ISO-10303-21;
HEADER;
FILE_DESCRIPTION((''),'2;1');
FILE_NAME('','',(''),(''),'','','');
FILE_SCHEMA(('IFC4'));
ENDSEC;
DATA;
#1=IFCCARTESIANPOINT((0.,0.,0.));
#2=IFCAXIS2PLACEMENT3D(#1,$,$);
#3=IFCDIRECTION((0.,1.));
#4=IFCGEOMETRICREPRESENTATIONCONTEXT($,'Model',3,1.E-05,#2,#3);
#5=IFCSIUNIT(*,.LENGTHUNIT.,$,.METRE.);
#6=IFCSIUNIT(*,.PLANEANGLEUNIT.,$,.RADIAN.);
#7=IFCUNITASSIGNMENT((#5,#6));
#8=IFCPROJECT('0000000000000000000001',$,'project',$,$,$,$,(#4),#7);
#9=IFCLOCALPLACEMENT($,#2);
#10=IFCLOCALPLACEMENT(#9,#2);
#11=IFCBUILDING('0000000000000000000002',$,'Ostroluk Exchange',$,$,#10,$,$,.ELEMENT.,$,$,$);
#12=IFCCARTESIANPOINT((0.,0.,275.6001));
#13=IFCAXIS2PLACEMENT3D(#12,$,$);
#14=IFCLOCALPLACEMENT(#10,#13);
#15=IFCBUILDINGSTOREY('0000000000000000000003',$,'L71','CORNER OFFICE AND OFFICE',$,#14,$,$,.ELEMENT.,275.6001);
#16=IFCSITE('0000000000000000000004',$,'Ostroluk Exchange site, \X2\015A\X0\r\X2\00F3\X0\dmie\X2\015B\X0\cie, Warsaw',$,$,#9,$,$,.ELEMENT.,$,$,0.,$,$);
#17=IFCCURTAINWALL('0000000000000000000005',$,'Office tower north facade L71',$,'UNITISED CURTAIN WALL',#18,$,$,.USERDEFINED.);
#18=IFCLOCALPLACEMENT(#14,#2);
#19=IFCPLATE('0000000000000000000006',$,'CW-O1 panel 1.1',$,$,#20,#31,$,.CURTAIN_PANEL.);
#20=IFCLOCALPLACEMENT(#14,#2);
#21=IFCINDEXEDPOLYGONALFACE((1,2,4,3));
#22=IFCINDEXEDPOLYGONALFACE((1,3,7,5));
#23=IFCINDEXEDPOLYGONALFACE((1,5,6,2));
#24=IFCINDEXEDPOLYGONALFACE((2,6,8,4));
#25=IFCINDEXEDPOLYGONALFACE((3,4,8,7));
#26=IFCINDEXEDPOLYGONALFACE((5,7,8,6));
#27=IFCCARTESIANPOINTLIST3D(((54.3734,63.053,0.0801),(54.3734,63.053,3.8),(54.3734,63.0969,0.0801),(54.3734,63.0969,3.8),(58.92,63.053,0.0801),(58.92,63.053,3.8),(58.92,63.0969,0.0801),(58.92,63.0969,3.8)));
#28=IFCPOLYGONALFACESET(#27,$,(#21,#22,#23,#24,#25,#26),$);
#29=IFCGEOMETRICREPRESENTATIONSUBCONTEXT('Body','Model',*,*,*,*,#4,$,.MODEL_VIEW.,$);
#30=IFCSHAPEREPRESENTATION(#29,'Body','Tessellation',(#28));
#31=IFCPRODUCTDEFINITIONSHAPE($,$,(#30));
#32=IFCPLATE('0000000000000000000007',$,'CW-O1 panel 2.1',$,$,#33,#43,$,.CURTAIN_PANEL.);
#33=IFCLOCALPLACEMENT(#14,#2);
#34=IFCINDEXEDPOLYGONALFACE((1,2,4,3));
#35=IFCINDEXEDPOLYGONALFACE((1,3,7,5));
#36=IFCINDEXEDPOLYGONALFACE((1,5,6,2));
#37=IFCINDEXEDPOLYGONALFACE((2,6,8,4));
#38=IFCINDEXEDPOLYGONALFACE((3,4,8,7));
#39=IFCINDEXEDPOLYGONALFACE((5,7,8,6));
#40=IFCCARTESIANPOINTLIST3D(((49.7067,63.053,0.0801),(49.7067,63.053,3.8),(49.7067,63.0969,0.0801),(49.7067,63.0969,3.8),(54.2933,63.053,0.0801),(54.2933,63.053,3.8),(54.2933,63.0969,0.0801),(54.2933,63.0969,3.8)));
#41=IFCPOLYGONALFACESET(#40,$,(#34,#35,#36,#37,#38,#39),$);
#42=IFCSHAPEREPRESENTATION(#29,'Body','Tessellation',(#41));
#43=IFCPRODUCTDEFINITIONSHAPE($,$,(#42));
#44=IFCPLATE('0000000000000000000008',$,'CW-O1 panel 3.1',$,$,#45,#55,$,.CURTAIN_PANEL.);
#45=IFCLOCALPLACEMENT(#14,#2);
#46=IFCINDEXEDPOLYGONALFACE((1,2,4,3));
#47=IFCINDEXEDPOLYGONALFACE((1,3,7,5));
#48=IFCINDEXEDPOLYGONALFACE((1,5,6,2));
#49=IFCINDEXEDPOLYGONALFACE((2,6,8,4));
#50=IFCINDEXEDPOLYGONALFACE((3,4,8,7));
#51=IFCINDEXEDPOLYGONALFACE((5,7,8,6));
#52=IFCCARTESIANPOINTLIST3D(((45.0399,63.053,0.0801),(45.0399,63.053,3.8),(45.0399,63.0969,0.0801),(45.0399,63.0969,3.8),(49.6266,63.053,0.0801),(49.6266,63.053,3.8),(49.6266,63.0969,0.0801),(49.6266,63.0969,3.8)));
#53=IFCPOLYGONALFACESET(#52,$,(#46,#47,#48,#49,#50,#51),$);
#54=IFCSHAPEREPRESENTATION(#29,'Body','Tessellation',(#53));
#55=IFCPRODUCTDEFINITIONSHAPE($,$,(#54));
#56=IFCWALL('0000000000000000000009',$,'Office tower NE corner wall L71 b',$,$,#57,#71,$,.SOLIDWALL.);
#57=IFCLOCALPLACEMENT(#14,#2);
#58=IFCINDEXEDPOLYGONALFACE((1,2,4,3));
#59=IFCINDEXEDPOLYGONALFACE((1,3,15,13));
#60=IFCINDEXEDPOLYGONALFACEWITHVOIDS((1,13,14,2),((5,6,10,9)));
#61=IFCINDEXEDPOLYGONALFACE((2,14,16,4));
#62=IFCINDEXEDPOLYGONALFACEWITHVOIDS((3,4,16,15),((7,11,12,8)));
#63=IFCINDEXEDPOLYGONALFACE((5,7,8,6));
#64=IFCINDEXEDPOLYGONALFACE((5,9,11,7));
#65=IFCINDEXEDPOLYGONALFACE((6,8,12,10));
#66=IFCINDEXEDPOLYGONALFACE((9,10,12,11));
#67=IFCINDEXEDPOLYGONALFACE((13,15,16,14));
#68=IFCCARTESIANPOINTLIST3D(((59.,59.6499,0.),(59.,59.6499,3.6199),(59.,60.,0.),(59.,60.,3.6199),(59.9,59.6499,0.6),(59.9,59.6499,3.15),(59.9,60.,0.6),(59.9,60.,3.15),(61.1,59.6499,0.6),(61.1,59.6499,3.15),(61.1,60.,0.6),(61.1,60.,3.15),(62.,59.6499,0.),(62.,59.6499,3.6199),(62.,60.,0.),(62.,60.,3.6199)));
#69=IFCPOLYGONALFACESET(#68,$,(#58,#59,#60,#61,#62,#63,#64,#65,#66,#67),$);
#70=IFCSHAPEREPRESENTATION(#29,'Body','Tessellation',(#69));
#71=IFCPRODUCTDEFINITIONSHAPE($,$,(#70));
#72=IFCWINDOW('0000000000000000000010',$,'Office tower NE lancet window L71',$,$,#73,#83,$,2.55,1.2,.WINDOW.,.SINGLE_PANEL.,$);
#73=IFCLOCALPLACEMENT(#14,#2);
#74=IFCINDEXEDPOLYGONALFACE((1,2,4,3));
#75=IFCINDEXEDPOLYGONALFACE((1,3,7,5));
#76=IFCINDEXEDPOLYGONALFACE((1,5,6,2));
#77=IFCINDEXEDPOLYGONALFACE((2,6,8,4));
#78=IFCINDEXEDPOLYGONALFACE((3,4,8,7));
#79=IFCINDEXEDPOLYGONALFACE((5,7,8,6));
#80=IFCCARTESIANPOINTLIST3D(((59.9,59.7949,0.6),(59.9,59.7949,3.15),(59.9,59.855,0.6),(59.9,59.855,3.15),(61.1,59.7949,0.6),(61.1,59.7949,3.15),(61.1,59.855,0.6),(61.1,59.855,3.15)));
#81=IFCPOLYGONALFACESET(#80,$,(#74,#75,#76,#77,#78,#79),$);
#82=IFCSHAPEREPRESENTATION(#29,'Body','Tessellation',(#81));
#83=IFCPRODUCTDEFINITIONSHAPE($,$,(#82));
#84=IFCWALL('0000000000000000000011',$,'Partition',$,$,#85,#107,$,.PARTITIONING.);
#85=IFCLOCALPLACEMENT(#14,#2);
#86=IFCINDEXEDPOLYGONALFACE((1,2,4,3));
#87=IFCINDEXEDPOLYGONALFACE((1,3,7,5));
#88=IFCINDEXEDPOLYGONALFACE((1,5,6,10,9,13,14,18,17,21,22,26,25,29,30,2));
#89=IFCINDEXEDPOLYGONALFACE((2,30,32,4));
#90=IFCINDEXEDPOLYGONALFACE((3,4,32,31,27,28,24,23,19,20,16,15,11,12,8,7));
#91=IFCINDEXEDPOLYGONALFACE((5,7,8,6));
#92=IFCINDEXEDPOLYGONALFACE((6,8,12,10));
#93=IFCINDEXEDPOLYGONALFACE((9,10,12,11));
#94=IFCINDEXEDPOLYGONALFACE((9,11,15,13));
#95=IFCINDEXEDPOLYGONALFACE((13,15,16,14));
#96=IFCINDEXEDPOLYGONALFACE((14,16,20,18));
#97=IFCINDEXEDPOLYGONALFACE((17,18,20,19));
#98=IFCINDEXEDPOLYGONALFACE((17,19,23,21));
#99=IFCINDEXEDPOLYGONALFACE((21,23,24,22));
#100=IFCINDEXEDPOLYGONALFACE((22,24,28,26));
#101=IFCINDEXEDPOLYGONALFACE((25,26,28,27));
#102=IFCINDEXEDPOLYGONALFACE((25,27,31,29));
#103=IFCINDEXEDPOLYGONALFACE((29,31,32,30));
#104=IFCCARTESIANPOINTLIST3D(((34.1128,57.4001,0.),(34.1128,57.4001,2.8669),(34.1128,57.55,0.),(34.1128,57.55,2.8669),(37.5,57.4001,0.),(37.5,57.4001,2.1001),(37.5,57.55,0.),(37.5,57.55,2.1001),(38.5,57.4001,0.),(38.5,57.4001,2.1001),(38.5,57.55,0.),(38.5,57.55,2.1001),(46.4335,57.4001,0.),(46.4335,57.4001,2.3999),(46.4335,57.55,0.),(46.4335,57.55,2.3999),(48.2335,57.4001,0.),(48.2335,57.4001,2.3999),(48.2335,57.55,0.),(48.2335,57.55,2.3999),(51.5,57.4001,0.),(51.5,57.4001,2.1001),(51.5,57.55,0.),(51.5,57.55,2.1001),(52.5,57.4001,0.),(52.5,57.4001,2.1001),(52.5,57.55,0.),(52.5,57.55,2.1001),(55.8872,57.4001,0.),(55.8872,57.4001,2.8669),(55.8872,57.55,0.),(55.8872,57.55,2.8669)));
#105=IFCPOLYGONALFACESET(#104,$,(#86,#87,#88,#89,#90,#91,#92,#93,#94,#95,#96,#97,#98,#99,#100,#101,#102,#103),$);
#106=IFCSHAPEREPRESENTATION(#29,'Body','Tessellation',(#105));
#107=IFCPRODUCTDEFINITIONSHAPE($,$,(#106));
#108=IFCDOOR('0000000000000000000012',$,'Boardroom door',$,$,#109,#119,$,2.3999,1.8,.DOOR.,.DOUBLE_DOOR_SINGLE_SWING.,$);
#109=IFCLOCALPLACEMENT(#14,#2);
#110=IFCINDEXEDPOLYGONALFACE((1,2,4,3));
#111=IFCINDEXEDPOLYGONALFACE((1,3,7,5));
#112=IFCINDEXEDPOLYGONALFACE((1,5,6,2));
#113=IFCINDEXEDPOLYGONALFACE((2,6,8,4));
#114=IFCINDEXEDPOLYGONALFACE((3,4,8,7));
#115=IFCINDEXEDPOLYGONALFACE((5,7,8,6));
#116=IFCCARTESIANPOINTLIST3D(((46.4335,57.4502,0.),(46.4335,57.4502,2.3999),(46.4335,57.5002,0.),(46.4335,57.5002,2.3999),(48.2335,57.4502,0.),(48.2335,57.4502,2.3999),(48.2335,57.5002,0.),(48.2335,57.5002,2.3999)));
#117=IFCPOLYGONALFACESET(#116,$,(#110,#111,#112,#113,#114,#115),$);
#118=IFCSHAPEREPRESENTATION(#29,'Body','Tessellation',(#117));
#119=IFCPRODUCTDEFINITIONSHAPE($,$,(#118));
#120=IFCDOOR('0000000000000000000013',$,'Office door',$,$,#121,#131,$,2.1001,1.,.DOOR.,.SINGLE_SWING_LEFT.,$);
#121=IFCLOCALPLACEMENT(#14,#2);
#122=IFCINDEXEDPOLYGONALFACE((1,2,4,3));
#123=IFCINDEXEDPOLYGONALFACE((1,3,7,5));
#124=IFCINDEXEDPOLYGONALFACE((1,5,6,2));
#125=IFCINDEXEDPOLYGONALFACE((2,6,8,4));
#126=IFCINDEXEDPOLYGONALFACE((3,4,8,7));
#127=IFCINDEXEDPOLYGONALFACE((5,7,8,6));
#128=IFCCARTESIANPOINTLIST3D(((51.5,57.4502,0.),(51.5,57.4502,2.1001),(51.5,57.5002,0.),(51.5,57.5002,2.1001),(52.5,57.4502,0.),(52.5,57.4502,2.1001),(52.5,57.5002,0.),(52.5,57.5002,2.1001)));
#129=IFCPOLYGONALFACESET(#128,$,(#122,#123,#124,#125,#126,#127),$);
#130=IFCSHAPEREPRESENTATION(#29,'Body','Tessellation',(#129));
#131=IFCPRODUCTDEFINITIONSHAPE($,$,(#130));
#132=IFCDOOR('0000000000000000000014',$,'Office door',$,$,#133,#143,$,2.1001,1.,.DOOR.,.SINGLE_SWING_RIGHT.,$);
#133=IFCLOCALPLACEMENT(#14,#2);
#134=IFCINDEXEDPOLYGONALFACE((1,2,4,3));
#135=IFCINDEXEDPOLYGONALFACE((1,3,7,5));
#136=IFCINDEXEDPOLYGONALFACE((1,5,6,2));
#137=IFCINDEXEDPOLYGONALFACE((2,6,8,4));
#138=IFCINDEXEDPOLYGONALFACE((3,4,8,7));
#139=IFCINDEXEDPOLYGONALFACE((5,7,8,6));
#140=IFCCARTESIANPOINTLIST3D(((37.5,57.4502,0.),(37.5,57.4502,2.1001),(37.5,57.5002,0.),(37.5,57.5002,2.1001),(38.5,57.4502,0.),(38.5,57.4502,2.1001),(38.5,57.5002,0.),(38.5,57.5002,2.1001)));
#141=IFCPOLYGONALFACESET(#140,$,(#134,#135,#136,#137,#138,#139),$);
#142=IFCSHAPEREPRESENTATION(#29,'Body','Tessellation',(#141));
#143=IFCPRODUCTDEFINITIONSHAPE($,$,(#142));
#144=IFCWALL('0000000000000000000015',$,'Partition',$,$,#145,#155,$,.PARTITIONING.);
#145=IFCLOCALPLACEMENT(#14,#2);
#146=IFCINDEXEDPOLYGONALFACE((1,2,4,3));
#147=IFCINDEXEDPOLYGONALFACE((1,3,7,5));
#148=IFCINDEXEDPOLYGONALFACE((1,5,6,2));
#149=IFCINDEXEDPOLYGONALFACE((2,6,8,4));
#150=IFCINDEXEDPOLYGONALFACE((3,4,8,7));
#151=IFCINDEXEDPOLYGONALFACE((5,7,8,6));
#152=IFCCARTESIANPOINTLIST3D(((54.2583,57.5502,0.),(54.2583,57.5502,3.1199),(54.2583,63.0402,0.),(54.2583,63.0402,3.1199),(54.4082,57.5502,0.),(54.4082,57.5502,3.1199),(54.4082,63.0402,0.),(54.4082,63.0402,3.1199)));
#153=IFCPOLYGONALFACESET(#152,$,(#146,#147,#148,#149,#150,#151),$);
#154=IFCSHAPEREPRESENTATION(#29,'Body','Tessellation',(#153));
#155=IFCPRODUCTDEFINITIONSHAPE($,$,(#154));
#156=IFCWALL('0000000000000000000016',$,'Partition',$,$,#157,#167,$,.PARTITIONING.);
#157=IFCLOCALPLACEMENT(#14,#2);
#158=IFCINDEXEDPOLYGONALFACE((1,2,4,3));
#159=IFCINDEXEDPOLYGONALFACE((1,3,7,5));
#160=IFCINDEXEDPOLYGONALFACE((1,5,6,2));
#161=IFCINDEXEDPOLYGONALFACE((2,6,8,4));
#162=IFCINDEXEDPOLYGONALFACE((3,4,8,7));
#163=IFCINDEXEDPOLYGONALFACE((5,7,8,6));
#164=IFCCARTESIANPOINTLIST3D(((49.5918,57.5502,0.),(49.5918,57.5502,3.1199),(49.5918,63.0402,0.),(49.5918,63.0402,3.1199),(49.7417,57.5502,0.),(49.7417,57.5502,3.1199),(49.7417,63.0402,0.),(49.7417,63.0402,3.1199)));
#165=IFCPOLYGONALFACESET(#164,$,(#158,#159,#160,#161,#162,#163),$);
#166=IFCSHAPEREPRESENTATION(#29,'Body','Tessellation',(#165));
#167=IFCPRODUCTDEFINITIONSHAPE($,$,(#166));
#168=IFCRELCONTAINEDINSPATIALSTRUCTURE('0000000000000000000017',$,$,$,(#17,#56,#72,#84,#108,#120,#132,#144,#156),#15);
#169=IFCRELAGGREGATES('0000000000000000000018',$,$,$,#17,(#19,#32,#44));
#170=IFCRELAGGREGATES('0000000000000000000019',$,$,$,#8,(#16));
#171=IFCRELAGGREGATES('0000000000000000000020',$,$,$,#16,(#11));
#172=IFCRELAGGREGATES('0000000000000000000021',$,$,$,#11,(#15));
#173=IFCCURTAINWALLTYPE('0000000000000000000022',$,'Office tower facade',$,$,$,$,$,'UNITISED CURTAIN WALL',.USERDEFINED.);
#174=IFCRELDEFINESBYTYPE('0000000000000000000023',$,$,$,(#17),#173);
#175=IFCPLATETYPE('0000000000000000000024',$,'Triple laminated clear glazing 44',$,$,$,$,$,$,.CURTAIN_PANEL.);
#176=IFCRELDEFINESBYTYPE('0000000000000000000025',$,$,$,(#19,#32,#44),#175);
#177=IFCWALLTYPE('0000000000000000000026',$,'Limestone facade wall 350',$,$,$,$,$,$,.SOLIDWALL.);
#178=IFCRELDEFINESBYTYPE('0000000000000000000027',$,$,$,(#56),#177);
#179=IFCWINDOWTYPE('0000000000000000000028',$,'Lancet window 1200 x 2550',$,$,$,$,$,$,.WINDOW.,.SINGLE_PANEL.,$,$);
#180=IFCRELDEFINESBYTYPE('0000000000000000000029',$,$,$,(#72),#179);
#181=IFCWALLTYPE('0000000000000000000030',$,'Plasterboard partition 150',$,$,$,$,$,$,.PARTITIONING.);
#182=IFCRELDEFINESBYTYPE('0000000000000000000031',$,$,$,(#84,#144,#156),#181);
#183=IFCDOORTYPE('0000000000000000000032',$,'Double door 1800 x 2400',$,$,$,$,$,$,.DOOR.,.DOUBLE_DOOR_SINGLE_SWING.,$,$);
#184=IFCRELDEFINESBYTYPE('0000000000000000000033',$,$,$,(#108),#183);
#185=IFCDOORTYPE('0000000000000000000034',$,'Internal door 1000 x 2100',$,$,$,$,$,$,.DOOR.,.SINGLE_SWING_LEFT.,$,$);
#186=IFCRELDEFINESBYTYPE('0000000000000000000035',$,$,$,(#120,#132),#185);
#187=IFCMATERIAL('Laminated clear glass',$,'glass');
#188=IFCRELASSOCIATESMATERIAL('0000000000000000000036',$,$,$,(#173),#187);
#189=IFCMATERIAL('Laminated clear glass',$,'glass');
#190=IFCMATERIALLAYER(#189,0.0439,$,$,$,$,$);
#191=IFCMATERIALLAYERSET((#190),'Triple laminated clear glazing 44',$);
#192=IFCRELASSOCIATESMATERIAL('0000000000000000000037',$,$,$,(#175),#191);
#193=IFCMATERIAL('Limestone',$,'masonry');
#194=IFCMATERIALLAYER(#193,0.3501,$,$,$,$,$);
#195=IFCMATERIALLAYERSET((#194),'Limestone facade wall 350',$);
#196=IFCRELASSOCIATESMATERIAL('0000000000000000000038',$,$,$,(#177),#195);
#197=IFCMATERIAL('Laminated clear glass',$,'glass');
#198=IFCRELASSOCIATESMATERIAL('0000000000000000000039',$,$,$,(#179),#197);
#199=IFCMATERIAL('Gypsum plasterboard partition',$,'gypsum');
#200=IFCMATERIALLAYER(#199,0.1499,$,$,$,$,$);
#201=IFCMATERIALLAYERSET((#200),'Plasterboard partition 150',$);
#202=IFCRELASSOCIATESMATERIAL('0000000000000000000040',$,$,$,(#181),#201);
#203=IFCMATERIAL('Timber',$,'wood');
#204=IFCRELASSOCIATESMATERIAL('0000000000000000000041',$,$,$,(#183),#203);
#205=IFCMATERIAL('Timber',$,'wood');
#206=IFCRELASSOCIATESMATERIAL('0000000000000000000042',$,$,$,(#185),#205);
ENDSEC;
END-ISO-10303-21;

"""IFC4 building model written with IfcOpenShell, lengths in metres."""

from ifc_helpers import new_model, si_unit, direction, frame, frame_2d, origin, origin_2d, place, context, subcontext, project, spatial, rectangle, extrude, material, layer, layer_set, type_object, element, fill, aggregate, save


model = new_model("IFC4")

# Units and contexts
model_context = context("Model", 3, precision=1e-05, world=origin(), true_north=direction((0.0, 1.0)))
body_context = subcontext(model_context, "Body", "Model", "MODEL_VIEW")
ifc_project = project(units=[si_unit("LENGTHUNIT", "METRE"), si_unit("PLANEANGLEUNIT", "RADIAN")], contexts=[model_context])

# Site, building, storey
site_placement = place(None, origin())
site = spatial("IfcSite", under=ifc_project, at=site_placement, Name="Ostroluk Exchange site, Śródmieście, Warsaw", CompositionType="ELEMENT", RefElevation=0.0)
building_placement = place(site_placement, origin())
building = spatial("IfcBuilding", under=site, at=building_placement, Name="Ostroluk Exchange", CompositionType="ELEMENT")
storey_placement = place(building_placement, frame((0.0, 0.0, 275.6001)))
storey = spatial("IfcBuildingStorey", under=building, at=storey_placement, Name="L71", Description="CORNER OFFICE AND OFFICE", CompositionType="ELEMENT", Elevation=275.6001)

# Curtain wall
ifc_material_1 = material(Name="Laminated clear glass", Category="glass")
curtain_wall_type = type_object("IfcCurtainWallType", Name="Office tower facade", ElementType="UNITISED CURTAIN WALL", PredefinedType="USERDEFINED", material=ifc_material_1)
curtain_wall_1_placement = place(storey_placement, origin())
curtain_wall_1 = element("IfcCurtainWall", 1, at=curtain_wall_1_placement, inside=storey, type_object=curtain_wall_type, Name="Office tower north facade L71", ObjectType="UNITISED CURTAIN WALL", PredefinedType="USERDEFINED")

# Plates
ifc_material_2 = material(Name="Laminated clear glass", Category="glass")
ifc_layer_1 = layer(ifc_material_2, 0.0439)
ifc_layer_set_1 = layer_set([ifc_layer_1], Name="Triple laminated clear glazing 44")
plate_type_1 = type_object("IfcPlateType", Name="Triple laminated clear glazing 44", PredefinedType="CURTAIN_PANEL", material=ifc_layer_set_1)
plate_1_placement = place(storey_placement, frame((56.6467, 63.075, 0.0801), z_axis=(0.0, 0.0, 1.0), x_axis=(-1.0, 0.0, 0.0)))
plate_1 = element("IfcPlate", 2, at=plate_1_placement, type_object=plate_type_1, Name="CW-O1 panel 1.1", PredefinedType="CURTAIN_PANEL", context=body_context, shape_type="SweptSolid", body=[
    extrude(rectangle(XDim=4.5466, YDim=0.0439, at=origin_2d()), origin(), (0.0, 0.0, 1.0), 3.72),
])
plate_2_placement = place(storey_placement, frame((52.0, 63.075, 0.0801), z_axis=(0.0, 0.0, 1.0), x_axis=(-1.0, 0.0, 0.0)))
plate_2 = element("IfcPlate", 3, at=plate_2_placement, type_object=plate_type_1, Name="CW-O1 panel 2.1", PredefinedType="CURTAIN_PANEL", context=body_context, shape_type="SweptSolid", body=[
    extrude(rectangle(XDim=4.5867, YDim=0.0439, at=origin_2d()), origin(), (0.0, 0.0, 1.0), 3.72),
])
plate_3_placement = place(storey_placement, frame((47.3333, 63.075, 0.0801), z_axis=(0.0, 0.0, 1.0), x_axis=(-1.0, 0.0, 0.0)))
plate_3 = element("IfcPlate", 4, at=plate_3_placement, type_object=plate_type_1, Name="CW-O1 panel 3.1", PredefinedType="CURTAIN_PANEL", context=body_context, shape_type="SweptSolid", body=[
    extrude(rectangle(XDim=4.5867, YDim=0.0439, at=origin_2d()), origin(), (0.0, 0.0, 1.0), 3.72),
])
aggregate(curtain_wall_1, [plate_1, plate_2, plate_3])

# Shared definitions
ifc_material_3 = material(Name="Limestone", Category="masonry")
ifc_layer_2 = layer(ifc_material_3, 0.3501)
ifc_layer_set_2 = layer_set([ifc_layer_2], Name="Limestone facade wall 350")
wall_type_1 = type_object("IfcWallType", Name="Limestone facade wall 350", PredefinedType="SOLIDWALL", material=ifc_layer_set_2)

# Wall, opening, window
wall_1_placement = place(storey_placement, frame((59.0, 59.825, 0.0), z_axis=(0.0, 0.0, 1.0), x_axis=(1.0, 0.0, 0.0)))
wall_1 = element("IfcWall", 5, at=wall_1_placement, inside=storey, type_object=wall_type_1, Name="Office tower NE corner wall L71 b", PredefinedType="SOLIDWALL", context=body_context, shape_type="SweptSolid", body=[
    extrude(rectangle(XDim=3.0, YDim=0.3501, at=frame_2d((1.5, 0.0))), origin(), (0.0, 0.0, 1.0), 3.6199),
])
opening_1_placement = place(wall_1_placement, frame((0.8999, 0.0, 0.6001)))
opening_1 = element("IfcOpeningElement", 6, at=opening_1_placement, cuts=wall_1, PredefinedType="OPENING", context=body_context, shape_type="SweptSolid", body=[
    extrude(rectangle(XDim=1.2, YDim=2.55, at=frame_2d((0.6001, 1.2749))), frame((0.0, 0.1851, 0.0), z_axis=(0.0, -1.0, 0.0), x_axis=(1.0, 0.0, 0.0)), (0.0, 0.0, 1.0), 0.3701),
])
ifc_material_4 = material(Name="Laminated clear glass", Category="glass")
window_type = type_object("IfcWindowType", Name="Lancet window 1200 x 2550", PartitioningType="SINGLE_PANEL", PredefinedType="WINDOW", material=ifc_material_4)
window_placement = place(opening_1_placement, origin())
window = element("IfcWindow", 7, at=window_placement, inside=storey, type_object=window_type, Name="Office tower NE lancet window L71", OverallHeight=2.55, OverallWidth=1.2, PartitioningType="SINGLE_PANEL", PredefinedType="WINDOW", context=body_context, shape_type="SweptSolid", body=[
    extrude(rectangle(XDim=1.2, YDim=2.55, at=frame_2d((0.6001, 1.2749))), frame((0.0, 0.03, 0.0), z_axis=(0.0, -1.0, 0.0), x_axis=(1.0, 0.0, 0.0)), (0.0, 0.0, 1.0), 0.0601),
])
fill(opening_1, window)

# Wall, openings, doors
ifc_material_5 = material(Name="Gypsum plasterboard partition", Category="gypsum")
ifc_layer_3 = layer(ifc_material_5, 0.1499)
ifc_layer_set_3 = layer_set([ifc_layer_3], Name="Plasterboard partition 150")
wall_type_2 = type_object("IfcWallType", Name="Plasterboard partition 150", PredefinedType="PARTITIONING", material=ifc_layer_set_3)
wall_2_placement = place(storey_placement, frame((55.8872, 57.4751, 0.0), z_axis=(0.0, 0.0, 1.0), x_axis=(-1.0, 0.0, 0.0)))
wall_2 = element("IfcWall", 8, at=wall_2_placement, inside=storey, type_object=wall_type_2, Name="Partition", PredefinedType="PARTITIONING", context=body_context, shape_type="SweptSolid", body=[
    extrude(rectangle(XDim=21.7744, YDim=0.1499, at=frame_2d((10.8872, 0.0))), origin(), (0.0, 0.0, 1.0), 2.8669),
])
opening_2_placement = place(wall_2_placement, frame((3.3872, 0.0, 0.0)))
opening_2 = element("IfcOpeningElement", 9, at=opening_2_placement, cuts=wall_2, PredefinedType="OPENING", context=body_context, shape_type="SweptSolid", body=[
    extrude(rectangle(XDim=1.0, YDim=2.1001, at=frame_2d((0.5, 1.05))), frame((0.0, 0.085, 0.0), z_axis=(0.0, -1.0, 0.0), x_axis=(1.0, 0.0, 0.0)), (0.0, 0.0, 1.0), 0.1699),
])
opening_3_placement = place(wall_2_placement, frame((7.6538, 0.0, 0.0)))
opening_3 = element("IfcOpeningElement", 10, at=opening_3_placement, cuts=wall_2, PredefinedType="OPENING", context=body_context, shape_type="SweptSolid", body=[
    extrude(rectangle(XDim=1.8, YDim=2.3999, at=frame_2d((0.8999, 1.2))), frame((0.0, 0.085, 0.0), z_axis=(0.0, -1.0, 0.0), x_axis=(1.0, 0.0, 0.0)), (0.0, 0.0, 1.0), 0.1699),
])
opening_4_placement = place(wall_2_placement, frame((17.3872, 0.0, 0.0)))
opening_4 = element("IfcOpeningElement", 11, at=opening_4_placement, cuts=wall_2, PredefinedType="OPENING", context=body_context, shape_type="SweptSolid", body=[
    extrude(rectangle(XDim=1.0, YDim=2.1001, at=frame_2d((0.5, 1.05))), frame((0.0, 0.085, 0.0), z_axis=(0.0, -1.0, 0.0), x_axis=(1.0, 0.0, 0.0)), (0.0, 0.0, 1.0), 0.1699),
])
ifc_material_6 = material(Name="Timber", Category="wood")
door_type_1 = type_object("IfcDoorType", Name="Double door 1800 x 2400", OperationType="DOUBLE_DOOR_SINGLE_SWING", PredefinedType="DOOR", material=ifc_material_6)
door_1_placement = place(opening_3_placement, origin())
door_1 = element("IfcDoor", 12, at=door_1_placement, inside=storey, type_object=door_type_1, Name="Boardroom door", OperationType="DOUBLE_DOOR_SINGLE_SWING", OverallHeight=2.3999, OverallWidth=1.8, PredefinedType="DOOR", context=body_context, shape_type="SweptSolid", body=[
    extrude(rectangle(XDim=1.8, YDim=2.3999, at=frame_2d((0.8999, 1.2))), frame((0.0, 0.0249, 0.0), z_axis=(0.0, -1.0, 0.0), x_axis=(1.0, 0.0, 0.0)), (0.0, 0.0, 1.0), 0.05),
])
fill(opening_3, door_1)
ifc_material_7 = material(Name="Timber", Category="wood")
door_type_2 = type_object("IfcDoorType", Name="Internal door 1000 x 2100", OperationType="SINGLE_SWING_LEFT", PredefinedType="DOOR", material=ifc_material_7)
door_2_placement = place(opening_2_placement, origin())
door_2 = element("IfcDoor", 13, at=door_2_placement, inside=storey, type_object=door_type_2, Name="Office door", OperationType="SINGLE_SWING_LEFT", OverallHeight=2.1001, OverallWidth=1.0, PredefinedType="DOOR", context=body_context, shape_type="SweptSolid", body=[
    extrude(rectangle(XDim=1.0, YDim=2.1001, at=frame_2d((0.5, 1.05))), frame((0.0, 0.0249, 0.0), z_axis=(0.0, -1.0, 0.0), x_axis=(1.0, 0.0, 0.0)), (0.0, 0.0, 1.0), 0.05),
])
fill(opening_2, door_2)
door_3_placement = place(opening_4_placement, origin())
door_3 = element("IfcDoor", 14, at=door_3_placement, inside=storey, type_object=door_type_2, Name="Office door", OperationType="SINGLE_SWING_RIGHT", OverallHeight=2.1001, OverallWidth=1.0, PredefinedType="DOOR", context=body_context, shape_type="SweptSolid", body=[
    extrude(rectangle(XDim=1.0, YDim=2.1001, at=frame_2d((0.5, 1.05))), frame((0.0, 0.0249, 0.0), z_axis=(0.0, -1.0, 0.0), x_axis=(1.0, 0.0, 0.0)), (0.0, 0.0, 1.0), 0.05),
])
fill(opening_4, door_3)

# Walls
for number, where, z_axis, x_axis, name in (
    (15, (54.3333, 57.55, 0.0), (0.0, 0.0, 1.0), (0.0, 1.0, 0.0), "Partition"),
    (16, (49.6667, 57.55, 0.0), (0.0, 0.0, 1.0), (0.0, 1.0, 0.0), "Partition"),
):
    element("IfcWall", number, at=place(storey_placement, frame(where, z_axis=z_axis, x_axis=x_axis)), inside=storey, type_object=wall_type_2, Name=name, PredefinedType="PARTITIONING", context=body_context, shape_type="SweptSolid", body=[
        extrude(rectangle(XDim=5.49, YDim=0.1499, at=frame_2d((2.7451, 0.0))), origin(), (0.0, 0.0, 1.0), 3.1199),
    ])

save(model, "model.ifc")
